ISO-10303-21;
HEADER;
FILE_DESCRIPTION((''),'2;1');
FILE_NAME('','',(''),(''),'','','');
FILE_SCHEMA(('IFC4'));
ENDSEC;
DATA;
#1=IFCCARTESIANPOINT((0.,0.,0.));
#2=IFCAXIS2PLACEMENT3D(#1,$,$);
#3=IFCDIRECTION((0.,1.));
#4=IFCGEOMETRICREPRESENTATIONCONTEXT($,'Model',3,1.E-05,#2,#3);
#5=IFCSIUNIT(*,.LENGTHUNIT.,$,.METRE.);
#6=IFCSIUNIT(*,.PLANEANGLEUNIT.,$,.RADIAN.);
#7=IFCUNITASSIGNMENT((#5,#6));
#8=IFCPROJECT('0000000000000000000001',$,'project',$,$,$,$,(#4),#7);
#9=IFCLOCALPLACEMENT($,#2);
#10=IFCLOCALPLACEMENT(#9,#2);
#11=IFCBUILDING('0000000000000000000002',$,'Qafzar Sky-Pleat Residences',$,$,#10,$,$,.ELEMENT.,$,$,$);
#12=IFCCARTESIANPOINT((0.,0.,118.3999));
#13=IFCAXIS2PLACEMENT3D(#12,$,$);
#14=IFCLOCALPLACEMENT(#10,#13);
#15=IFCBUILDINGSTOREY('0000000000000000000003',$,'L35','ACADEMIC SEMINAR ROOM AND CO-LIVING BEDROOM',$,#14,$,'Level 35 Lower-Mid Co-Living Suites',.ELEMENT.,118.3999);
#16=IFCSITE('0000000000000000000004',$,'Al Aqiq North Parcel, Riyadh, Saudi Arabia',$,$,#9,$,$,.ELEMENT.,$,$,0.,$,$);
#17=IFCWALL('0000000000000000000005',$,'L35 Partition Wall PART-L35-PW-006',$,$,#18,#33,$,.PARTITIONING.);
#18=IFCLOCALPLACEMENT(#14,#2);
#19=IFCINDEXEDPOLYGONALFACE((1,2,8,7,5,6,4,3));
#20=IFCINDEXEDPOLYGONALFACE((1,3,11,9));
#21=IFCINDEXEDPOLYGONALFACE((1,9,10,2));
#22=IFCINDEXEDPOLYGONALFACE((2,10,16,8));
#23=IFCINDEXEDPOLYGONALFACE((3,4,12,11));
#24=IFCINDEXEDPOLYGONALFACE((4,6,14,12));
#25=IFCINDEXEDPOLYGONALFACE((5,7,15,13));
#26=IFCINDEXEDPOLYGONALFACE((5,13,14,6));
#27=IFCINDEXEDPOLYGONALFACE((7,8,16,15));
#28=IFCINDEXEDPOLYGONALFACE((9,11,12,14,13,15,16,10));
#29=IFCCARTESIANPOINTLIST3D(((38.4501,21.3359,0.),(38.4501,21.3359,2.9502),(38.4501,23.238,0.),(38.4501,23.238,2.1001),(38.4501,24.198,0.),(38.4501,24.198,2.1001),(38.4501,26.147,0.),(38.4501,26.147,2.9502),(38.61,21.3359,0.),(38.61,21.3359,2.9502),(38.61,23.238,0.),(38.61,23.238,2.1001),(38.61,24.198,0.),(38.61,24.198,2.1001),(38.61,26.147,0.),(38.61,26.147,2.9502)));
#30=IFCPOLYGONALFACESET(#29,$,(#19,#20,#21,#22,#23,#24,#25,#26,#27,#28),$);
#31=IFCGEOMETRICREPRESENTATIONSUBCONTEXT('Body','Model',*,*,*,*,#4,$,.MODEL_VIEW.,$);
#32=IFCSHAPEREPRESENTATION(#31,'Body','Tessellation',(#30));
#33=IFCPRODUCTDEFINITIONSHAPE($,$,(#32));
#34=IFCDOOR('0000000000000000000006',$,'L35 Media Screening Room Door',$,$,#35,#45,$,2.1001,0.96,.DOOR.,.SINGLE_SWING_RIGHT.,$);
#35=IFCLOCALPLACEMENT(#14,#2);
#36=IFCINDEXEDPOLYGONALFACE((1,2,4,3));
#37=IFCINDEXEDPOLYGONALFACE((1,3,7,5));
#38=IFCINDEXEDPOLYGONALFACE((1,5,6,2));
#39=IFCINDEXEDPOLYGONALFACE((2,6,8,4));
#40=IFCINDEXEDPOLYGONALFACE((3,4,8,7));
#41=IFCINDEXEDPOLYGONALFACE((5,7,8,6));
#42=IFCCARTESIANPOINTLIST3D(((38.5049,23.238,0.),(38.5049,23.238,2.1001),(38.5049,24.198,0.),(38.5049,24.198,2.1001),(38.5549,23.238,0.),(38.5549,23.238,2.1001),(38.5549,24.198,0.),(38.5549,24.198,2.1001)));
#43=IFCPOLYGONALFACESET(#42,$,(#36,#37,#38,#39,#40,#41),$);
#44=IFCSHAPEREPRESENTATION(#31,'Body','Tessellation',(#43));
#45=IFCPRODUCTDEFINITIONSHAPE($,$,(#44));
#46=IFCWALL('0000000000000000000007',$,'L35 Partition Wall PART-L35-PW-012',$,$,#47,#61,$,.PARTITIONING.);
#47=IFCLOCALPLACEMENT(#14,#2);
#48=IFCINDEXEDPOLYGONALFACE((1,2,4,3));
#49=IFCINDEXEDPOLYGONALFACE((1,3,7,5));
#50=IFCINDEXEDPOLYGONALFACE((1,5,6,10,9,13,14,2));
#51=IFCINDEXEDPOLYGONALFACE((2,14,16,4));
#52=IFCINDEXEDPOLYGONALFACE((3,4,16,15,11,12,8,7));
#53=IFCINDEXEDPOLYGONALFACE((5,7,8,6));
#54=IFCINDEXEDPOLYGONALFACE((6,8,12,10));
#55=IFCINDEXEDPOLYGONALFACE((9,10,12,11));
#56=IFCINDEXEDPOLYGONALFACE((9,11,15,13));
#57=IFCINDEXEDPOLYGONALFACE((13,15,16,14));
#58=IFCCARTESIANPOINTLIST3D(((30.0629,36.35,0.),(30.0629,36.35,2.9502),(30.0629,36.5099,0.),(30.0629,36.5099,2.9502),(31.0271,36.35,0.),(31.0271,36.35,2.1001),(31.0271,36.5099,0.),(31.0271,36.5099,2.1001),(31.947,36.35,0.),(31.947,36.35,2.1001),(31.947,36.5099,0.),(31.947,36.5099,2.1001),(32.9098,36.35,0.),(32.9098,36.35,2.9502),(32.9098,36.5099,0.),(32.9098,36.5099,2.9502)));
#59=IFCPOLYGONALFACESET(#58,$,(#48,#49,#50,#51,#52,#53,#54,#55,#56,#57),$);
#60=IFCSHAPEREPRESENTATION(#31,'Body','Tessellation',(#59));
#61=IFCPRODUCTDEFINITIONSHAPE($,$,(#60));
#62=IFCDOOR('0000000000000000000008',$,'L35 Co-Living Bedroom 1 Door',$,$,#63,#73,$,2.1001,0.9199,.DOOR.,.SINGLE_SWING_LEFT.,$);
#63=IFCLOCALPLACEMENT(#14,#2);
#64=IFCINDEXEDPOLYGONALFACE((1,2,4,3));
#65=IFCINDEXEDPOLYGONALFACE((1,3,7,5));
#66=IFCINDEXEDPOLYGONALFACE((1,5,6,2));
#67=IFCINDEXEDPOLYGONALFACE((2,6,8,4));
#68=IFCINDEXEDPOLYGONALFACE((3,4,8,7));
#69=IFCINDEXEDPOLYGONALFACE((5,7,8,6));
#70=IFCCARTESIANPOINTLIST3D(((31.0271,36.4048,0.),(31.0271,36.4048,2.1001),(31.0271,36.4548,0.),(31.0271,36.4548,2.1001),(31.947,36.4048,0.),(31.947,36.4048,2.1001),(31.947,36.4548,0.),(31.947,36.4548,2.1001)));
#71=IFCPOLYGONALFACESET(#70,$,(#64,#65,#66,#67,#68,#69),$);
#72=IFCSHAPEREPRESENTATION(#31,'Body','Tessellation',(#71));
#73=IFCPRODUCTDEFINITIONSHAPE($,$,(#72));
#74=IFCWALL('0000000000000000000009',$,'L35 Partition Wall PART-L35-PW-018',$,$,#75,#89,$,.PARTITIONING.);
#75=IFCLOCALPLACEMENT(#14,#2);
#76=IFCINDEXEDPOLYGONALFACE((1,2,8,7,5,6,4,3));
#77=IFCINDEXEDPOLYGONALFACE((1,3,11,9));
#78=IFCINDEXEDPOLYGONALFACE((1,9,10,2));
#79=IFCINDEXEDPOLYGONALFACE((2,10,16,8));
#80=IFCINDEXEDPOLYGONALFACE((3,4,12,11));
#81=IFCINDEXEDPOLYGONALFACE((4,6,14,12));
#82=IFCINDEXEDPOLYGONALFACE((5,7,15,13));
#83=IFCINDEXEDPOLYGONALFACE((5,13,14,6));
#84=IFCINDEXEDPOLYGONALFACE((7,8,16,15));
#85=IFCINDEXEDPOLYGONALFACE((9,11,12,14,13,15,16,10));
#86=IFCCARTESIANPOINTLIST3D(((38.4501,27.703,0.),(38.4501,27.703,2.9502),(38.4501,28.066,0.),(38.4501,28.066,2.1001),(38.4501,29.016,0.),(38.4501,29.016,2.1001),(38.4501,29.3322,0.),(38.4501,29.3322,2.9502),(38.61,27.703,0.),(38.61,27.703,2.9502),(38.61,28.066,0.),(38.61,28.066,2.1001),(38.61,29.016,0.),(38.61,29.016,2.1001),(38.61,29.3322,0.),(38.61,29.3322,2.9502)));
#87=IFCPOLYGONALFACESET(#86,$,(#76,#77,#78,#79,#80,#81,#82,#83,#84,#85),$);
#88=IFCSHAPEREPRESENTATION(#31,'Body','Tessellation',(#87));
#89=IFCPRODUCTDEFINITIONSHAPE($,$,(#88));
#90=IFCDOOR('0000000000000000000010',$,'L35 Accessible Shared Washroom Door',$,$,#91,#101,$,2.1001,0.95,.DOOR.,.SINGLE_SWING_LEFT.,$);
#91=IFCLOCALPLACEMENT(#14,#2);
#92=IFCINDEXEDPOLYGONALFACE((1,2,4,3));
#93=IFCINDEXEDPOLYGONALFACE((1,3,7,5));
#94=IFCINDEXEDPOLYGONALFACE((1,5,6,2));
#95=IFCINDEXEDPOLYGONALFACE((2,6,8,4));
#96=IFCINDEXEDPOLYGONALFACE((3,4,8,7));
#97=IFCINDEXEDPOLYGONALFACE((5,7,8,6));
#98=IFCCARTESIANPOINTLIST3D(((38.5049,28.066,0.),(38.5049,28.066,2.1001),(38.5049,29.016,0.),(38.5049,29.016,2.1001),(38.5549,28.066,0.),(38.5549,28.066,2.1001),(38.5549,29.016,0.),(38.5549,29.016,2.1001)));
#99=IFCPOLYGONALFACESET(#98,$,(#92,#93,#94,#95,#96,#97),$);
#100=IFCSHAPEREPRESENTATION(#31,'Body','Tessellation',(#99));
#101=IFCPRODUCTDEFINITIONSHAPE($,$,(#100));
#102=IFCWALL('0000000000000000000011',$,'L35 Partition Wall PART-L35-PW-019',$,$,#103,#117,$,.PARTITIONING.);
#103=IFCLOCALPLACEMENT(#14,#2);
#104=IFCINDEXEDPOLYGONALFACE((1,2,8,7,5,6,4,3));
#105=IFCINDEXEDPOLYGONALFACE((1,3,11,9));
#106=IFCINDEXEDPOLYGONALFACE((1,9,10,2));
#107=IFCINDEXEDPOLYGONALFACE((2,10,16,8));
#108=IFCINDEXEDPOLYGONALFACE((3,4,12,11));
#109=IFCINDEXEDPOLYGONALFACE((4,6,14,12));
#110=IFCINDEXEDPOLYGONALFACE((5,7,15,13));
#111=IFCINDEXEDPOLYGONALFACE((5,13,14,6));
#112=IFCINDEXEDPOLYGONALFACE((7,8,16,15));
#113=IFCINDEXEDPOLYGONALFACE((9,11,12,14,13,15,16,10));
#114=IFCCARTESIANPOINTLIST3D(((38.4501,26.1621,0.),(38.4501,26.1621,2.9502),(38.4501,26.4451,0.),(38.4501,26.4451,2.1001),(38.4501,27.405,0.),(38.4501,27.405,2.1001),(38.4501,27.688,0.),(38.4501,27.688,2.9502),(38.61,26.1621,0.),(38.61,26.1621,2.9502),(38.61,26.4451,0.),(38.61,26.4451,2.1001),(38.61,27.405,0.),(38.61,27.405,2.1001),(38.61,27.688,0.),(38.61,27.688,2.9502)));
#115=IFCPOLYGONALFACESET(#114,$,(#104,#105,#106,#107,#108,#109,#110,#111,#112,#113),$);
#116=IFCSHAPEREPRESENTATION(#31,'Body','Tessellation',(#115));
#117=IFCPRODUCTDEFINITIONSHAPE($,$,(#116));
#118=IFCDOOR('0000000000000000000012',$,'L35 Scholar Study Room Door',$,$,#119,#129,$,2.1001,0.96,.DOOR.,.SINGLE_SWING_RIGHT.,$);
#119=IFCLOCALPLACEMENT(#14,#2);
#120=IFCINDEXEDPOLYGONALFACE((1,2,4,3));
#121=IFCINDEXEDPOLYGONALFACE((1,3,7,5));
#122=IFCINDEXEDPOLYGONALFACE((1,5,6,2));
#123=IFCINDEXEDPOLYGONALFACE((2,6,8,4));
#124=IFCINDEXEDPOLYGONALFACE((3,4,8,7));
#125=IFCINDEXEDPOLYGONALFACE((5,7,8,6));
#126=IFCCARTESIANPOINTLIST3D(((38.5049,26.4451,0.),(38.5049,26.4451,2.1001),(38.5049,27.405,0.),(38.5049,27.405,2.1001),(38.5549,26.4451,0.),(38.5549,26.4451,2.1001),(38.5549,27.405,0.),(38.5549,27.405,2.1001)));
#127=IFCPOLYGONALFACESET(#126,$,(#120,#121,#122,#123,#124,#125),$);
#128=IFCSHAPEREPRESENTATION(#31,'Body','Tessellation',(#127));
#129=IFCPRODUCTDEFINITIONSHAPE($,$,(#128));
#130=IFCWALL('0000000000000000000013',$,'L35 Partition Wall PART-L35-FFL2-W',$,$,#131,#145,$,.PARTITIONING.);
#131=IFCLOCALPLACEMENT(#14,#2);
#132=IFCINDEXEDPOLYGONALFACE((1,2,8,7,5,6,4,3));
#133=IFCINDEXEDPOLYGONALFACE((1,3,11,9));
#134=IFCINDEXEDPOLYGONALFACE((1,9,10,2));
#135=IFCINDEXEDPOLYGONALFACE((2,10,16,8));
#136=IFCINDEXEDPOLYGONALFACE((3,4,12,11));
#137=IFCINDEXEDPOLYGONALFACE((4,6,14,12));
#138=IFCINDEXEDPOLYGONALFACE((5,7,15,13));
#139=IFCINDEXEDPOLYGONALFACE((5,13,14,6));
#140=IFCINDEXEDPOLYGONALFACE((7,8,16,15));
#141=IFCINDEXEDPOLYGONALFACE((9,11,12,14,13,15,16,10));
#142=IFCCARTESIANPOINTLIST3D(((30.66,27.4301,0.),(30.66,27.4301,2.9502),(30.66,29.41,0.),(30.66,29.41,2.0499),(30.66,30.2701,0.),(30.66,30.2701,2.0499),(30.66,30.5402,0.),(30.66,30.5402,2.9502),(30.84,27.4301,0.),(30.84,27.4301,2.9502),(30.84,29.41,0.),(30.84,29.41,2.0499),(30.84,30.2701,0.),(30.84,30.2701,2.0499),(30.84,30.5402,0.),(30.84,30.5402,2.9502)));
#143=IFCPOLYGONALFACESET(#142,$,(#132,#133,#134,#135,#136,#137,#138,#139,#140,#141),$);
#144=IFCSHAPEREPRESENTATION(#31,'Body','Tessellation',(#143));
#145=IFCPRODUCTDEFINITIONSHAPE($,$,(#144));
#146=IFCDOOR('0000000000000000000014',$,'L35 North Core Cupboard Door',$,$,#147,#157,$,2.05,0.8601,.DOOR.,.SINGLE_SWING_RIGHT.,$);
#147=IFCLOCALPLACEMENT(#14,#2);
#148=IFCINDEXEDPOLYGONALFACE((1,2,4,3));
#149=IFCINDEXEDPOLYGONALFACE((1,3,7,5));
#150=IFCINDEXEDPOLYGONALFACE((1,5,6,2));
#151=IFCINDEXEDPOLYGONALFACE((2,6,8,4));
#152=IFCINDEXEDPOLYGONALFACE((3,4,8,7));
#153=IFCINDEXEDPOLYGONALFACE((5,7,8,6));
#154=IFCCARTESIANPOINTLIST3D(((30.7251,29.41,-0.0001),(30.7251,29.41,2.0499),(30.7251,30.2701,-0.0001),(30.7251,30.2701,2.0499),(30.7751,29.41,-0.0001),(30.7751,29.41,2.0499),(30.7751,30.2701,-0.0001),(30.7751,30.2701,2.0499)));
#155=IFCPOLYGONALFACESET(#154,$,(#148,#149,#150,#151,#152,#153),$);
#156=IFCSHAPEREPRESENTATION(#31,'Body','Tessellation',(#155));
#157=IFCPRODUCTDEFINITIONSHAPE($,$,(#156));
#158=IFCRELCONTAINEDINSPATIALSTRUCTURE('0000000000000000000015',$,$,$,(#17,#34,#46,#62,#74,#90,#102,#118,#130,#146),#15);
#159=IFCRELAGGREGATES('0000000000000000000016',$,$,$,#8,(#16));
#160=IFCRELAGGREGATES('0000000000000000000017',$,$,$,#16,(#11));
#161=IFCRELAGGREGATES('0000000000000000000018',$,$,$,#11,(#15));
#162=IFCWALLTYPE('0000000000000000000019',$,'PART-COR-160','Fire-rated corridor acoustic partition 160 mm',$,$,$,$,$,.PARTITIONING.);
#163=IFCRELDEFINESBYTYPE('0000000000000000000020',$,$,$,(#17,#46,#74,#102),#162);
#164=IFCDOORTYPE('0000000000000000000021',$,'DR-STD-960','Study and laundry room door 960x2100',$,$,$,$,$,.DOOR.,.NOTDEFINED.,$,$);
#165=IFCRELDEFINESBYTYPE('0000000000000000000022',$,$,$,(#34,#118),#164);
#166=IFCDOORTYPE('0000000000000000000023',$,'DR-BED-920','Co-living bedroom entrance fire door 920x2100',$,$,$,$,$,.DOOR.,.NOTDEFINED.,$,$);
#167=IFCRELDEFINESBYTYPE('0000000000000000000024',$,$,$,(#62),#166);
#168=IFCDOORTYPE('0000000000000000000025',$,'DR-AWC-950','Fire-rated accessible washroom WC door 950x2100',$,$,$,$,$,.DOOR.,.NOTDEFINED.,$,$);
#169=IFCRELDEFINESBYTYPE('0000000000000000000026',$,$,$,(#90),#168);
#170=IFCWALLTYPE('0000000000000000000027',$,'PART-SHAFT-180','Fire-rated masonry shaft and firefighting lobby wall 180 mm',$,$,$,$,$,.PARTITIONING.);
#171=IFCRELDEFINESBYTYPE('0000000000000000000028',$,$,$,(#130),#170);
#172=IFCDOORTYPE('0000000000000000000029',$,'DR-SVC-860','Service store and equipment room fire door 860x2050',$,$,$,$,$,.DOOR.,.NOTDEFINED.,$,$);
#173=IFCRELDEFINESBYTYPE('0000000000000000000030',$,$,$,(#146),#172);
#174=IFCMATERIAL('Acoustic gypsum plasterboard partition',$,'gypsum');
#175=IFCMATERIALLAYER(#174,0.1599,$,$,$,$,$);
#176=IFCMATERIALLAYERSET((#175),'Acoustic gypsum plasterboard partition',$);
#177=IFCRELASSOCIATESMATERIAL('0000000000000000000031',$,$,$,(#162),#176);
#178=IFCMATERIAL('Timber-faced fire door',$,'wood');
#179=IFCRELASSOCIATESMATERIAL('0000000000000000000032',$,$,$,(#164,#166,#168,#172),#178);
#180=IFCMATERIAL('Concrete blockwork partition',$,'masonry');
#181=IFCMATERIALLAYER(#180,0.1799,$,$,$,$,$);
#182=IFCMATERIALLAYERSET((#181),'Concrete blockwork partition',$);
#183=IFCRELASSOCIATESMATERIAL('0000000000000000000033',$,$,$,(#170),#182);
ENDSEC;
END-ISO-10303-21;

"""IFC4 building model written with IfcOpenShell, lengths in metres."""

from ifc_helpers import new_model, si_unit, direction, frame, frame_2d, origin, place, context, subcontext, project, spatial, rectangle, extrude, source, transform, mapped, material, layer, layer_set, type_object, element, fill, save


model = new_model("IFC4")

# Units and contexts
model_context = context("Model", 3, precision=1e-05, world=origin(), true_north=direction((0.0, 1.0)))
body_context = subcontext(model_context, "Body", "Model", "MODEL_VIEW")
ifc_project = project(units=[si_unit("LENGTHUNIT", "METRE"), si_unit("PLANEANGLEUNIT", "RADIAN")], contexts=[model_context])

# Site, building, storey
site_placement = place(None, origin())
site = spatial("IfcSite", under=ifc_project, at=site_placement, Name="Al Aqiq North Parcel, Riyadh, Saudi Arabia", CompositionType="ELEMENT", RefElevation=0.0)
building_placement = place(site_placement, origin())
building = spatial("IfcBuilding", under=site, at=building_placement, Name="Qafzar Sky-Pleat Residences", CompositionType="ELEMENT")
storey_placement = place(building_placement, frame((0.0, 0.0, 118.3999)))
storey = spatial("IfcBuildingStorey", under=building, at=storey_placement, Name="L35", Description="ACADEMIC SEMINAR ROOM AND CO-LIVING BEDROOM", LongName="Level 35 Lower-Mid Co-Living Suites", CompositionType="ELEMENT", Elevation=118.3999)

# Walls, openings, doors
ifc_material_1 = material(Name="Acoustic gypsum plasterboard partition", Category="gypsum")
ifc_layer_1 = layer(ifc_material_1, 0.1599)
ifc_layer_set_1 = layer_set([ifc_layer_1], Name="Acoustic gypsum plasterboard partition")
wall_type_1 = type_object("IfcWallType", Name="PART-COR-160", Description="Fire-rated corridor acoustic partition 160 mm", PredefinedType="PARTITIONING", material=ifc_layer_set_1)
wall_1_placement = place(storey_placement, frame((38.53, 26.147, 0.0), z_axis=(0.0, 0.0, 1.0), x_axis=(0.0, -1.0, 0.0)))
wall_1 = element("IfcWall", 1, at=wall_1_placement, inside=storey, type_object=wall_type_1, Name="L35 Partition Wall PART-L35-PW-006", PredefinedType="PARTITIONING", context=body_context, shape_type="SweptSolid", body=[
    extrude(rectangle(XDim=4.811, YDim=0.1599, at=frame_2d((2.4055, 0.0))), origin(), (0.0, 0.0, 1.0), 2.9502),
])
opening_1_placement = place(wall_1_placement, frame((1.949, 0.0, 0.0)))
opening_1 = element("IfcOpeningElement", 2, at=opening_1_placement, cuts=wall_1, PredefinedType="OPENING", context=body_context, shape_type="SweptSolid", body=[
    extrude(rectangle(XDim=0.96, YDim=2.1001, at=frame_2d((0.48, 1.05))), frame((0.0, 0.0898, 0.0), z_axis=(0.0, -1.0, 0.0), x_axis=(1.0, 0.0, 0.0)), (0.0, 0.0, 1.0), 0.1799),
])
ifc_material_2 = material(Name="Timber-faced fire door", Category="wood")
door_type_1 = type_object("IfcDoorType", Name="DR-STD-960", Description="Study and laundry room door 960x2100", OperationType="NOTDEFINED", PredefinedType="DOOR", material=ifc_material_2)
shared_shape_1 = source(origin(), body_context, "Body", "SweptSolid", [
    extrude(rectangle(XDim=0.96, YDim=2.1001, at=frame_2d((0.48, 1.05))), frame((0.0, 0.0249, 0.0), z_axis=(0.0, -1.0, 0.0), x_axis=(1.0, 0.0, 0.0)), (0.0, 0.0, 1.0), 0.05),
])
door_1_placement = place(opening_1_placement, origin())
door_1 = element("IfcDoor", 3, at=door_1_placement, inside=storey, type_object=door_type_1, Name="L35 Media Screening Room Door", OperationType="SINGLE_SWING_RIGHT", OverallHeight=2.1001, OverallWidth=0.96, PredefinedType="DOOR", context=body_context, shape_type="MappedRepresentation", body=[
    mapped(shared_shape_1, transform((0.0, 0.0, 0.0), x_axis=(1.0, 0.0, 0.0), y_axis=(0.0, 1.0, 0.0), z_axis=(0.0, 0.0, 1.0), scale=1.0)),
])
fill(opening_1, door_1)
wall_2_placement = place(storey_placement, frame((30.063, 36.4299, 0.0), z_axis=(0.0, 0.0, 1.0), x_axis=(1.0, 0.0, 0.0)))
wall_2 = element("IfcWall", 4, at=wall_2_placement, inside=storey, type_object=wall_type_1, Name="L35 Partition Wall PART-L35-PW-012", PredefinedType="PARTITIONING", context=body_context, shape_type="SweptSolid", body=[
    extrude(rectangle(XDim=2.8469, YDim=0.1599, at=frame_2d((1.4233, 0.0))), origin(), (0.0, 0.0, 1.0), 2.9502),
])
opening_2_placement = place(wall_2_placement, frame((0.9641, 0.0, 0.0)))
opening_2 = element("IfcOpeningElement", 5, at=opening_2_placement, cuts=wall_2, PredefinedType="OPENING", context=body_context, shape_type="SweptSolid", body=[
    extrude(rectangle(XDim=0.9199, YDim=2.1001, at=frame_2d((0.46, 1.05))), frame((0.0, 0.0898, 0.0), z_axis=(0.0, -1.0, 0.0), x_axis=(1.0, 0.0, 0.0)), (0.0, 0.0, 1.0), 0.1799),
])
door_type_2 = type_object("IfcDoorType", Name="DR-BED-920", Description="Co-living bedroom entrance fire door 920x2100", OperationType="NOTDEFINED", PredefinedType="DOOR", material=ifc_material_2)
shared_shape_2 = source(origin(), body_context, "Body", "SweptSolid", [
    extrude(rectangle(XDim=0.9199, YDim=2.1001, at=frame_2d((0.46, 1.05))), frame((0.0, 0.0249, 0.0), z_axis=(0.0, -1.0, 0.0), x_axis=(1.0, 0.0, 0.0)), (0.0, 0.0, 1.0), 0.05),
])
door_2_placement = place(opening_2_placement, origin())
door_2 = element("IfcDoor", 6, at=door_2_placement, inside=storey, type_object=door_type_2, Name="L35 Co-Living Bedroom 1 Door", OperationType="SINGLE_SWING_LEFT", OverallHeight=2.1001, OverallWidth=0.9199, PredefinedType="DOOR", context=body_context, shape_type="MappedRepresentation", body=[
    mapped(shared_shape_2, transform((0.0, 0.0, 0.0), x_axis=(1.0, 0.0, 0.0), y_axis=(0.0, 1.0, 0.0), z_axis=(0.0, 0.0, 1.0), scale=1.0)),
])
fill(opening_2, door_2)
wall_3_placement = place(storey_placement, frame((38.53, 29.332, 0.0), z_axis=(0.0, 0.0, 1.0), x_axis=(0.0, -1.0, 0.0)))
wall_3 = element("IfcWall", 7, at=wall_3_placement, inside=storey, type_object=wall_type_1, Name="L35 Partition Wall PART-L35-PW-018", PredefinedType="PARTITIONING", context=body_context, shape_type="SweptSolid", body=[
    extrude(rectangle(XDim=1.6292, YDim=0.1599, at=frame_2d((0.8145, 0.0))), origin(), (0.0, 0.0, 1.0), 2.9502),
])
opening_3_placement = place(wall_3_placement, frame((0.3159, 0.0, 0.0)))
opening_3 = element("IfcOpeningElement", 8, at=opening_3_placement, cuts=wall_3, PredefinedType="OPENING", context=body_context, shape_type="SweptSolid", body=[
    extrude(rectangle(XDim=0.95, YDim=2.1001, at=frame_2d((0.4751, 1.05))), frame((0.0, 0.0898, 0.0), z_axis=(0.0, -1.0, 0.0), x_axis=(1.0, 0.0, 0.0)), (0.0, 0.0, 1.0), 0.1799),
])
door_type_3 = type_object("IfcDoorType", Name="DR-AWC-950", Description="Fire-rated accessible washroom WC door 950x2100", OperationType="NOTDEFINED", PredefinedType="DOOR", material=ifc_material_2)
shared_shape_3 = source(origin(), body_context, "Body", "SweptSolid", [
    extrude(rectangle(XDim=0.95, YDim=2.1001, at=frame_2d((0.4751, 1.05))), frame((0.0, 0.0249, 0.0), z_axis=(0.0, -1.0, 0.0), x_axis=(1.0, 0.0, 0.0)), (0.0, 0.0, 1.0), 0.05),
])
door_3_placement = place(opening_3_placement, origin())
door_3 = element("IfcDoor", 9, at=door_3_placement, inside=storey, type_object=door_type_3, Name="L35 Accessible Shared Washroom Door", OperationType="SINGLE_SWING_LEFT", OverallHeight=2.1001, OverallWidth=0.95, PredefinedType="DOOR", context=body_context, shape_type="MappedRepresentation", body=[
    mapped(shared_shape_3, transform((0.0, 0.0, 0.0), x_axis=(1.0, 0.0, 0.0), y_axis=(0.0, 1.0, 0.0), z_axis=(0.0, 0.0, 1.0), scale=1.0)),
])
fill(opening_3, door_3)
wall_4_placement = place(storey_placement, frame((38.53, 27.688, 0.0), z_axis=(0.0, 0.0, 1.0), x_axis=(0.0, -1.0, 0.0)))
wall_4 = element("IfcWall", 10, at=wall_4_placement, inside=storey, type_object=wall_type_1, Name="L35 Partition Wall PART-L35-PW-019", PredefinedType="PARTITIONING", context=body_context, shape_type="SweptSolid", body=[
    extrude(rectangle(XDim=1.5259, YDim=0.1599, at=frame_2d((0.7629, 0.0))), origin(), (0.0, 0.0, 1.0), 2.9502),
])
opening_4_placement = place(wall_4_placement, frame((0.283, 0.0, 0.0)))
opening_4 = element("IfcOpeningElement", 11, at=opening_4_placement, cuts=wall_4, PredefinedType="OPENING", context=body_context, shape_type="SweptSolid", body=[
    extrude(rectangle(XDim=0.96, YDim=2.1001, at=frame_2d((0.48, 1.05))), frame((0.0, 0.0898, 0.0), z_axis=(0.0, -1.0, 0.0), x_axis=(1.0, 0.0, 0.0)), (0.0, 0.0, 1.0), 0.1799),
])
door_4_placement = place(opening_4_placement, origin())
door_4 = element("IfcDoor", 12, at=door_4_placement, inside=storey, type_object=door_type_1, Name="L35 Scholar Study Room Door", OperationType="SINGLE_SWING_RIGHT", OverallHeight=2.1001, OverallWidth=0.96, PredefinedType="DOOR", context=body_context, shape_type="MappedRepresentation", body=[
    mapped(shared_shape_1, transform((0.0, 0.0, 0.0), x_axis=(1.0, 0.0, 0.0), y_axis=(0.0, 1.0, 0.0), z_axis=(0.0, 0.0, 1.0), scale=1.0)),
])
fill(opening_4, door_4)
ifc_material_3 = material(Name="Concrete blockwork partition", Category="masonry")
ifc_layer_2 = layer(ifc_material_3, 0.1799)
ifc_layer_set_2 = layer_set([ifc_layer_2], Name="Concrete blockwork partition")
wall_type_2 = type_object("IfcWallType", Name="PART-SHAFT-180", Description="Fire-rated masonry shaft and firefighting lobby wall 180 mm", PredefinedType="PARTITIONING", material=ifc_layer_set_2)
wall_5_placement = place(storey_placement, frame((30.75, 27.4299, 0.0), z_axis=(0.0, 0.0, 1.0), x_axis=(0.0, 1.0, 0.0)))
wall_5 = element("IfcWall", 13, at=wall_5_placement, inside=storey, type_object=wall_type_2, Name="L35 Partition Wall PART-L35-FFL2-W", PredefinedType="PARTITIONING", context=body_context, shape_type="SweptSolid", body=[
    extrude(rectangle(XDim=3.1101, YDim=0.1799, at=frame_2d((1.5552, 0.0))), origin(), (0.0, 0.0, 1.0), 2.9502),
])
opening_5_placement = place(wall_5_placement, frame((1.98, 0.0, 0.0)))
opening_5 = element("IfcOpeningElement", 14, at=opening_5_placement, cuts=wall_5, PredefinedType="OPENING", context=body_context, shape_type="SweptSolid", body=[
    extrude(rectangle(XDim=0.8601, YDim=2.05, at=frame_2d((0.4302, 1.0249))), frame((0.0, 0.1001, 0.0), z_axis=(0.0, -1.0, 0.0), x_axis=(1.0, 0.0, 0.0)), (0.0, 0.0, 1.0), 0.2),
])
door_type_4 = type_object("IfcDoorType", Name="DR-SVC-860", Description="Service store and equipment room fire door 860x2050", OperationType="NOTDEFINED", PredefinedType="DOOR", material=ifc_material_2)
shared_shape_4 = source(origin(), body_context, "Body", "SweptSolid", [
    extrude(rectangle(XDim=0.8601, YDim=2.05, at=frame_2d((0.4302, 1.0249))), frame((0.0, 0.0249, 0.0), z_axis=(0.0, -1.0, 0.0), x_axis=(1.0, 0.0, 0.0)), (0.0, 0.0, 1.0), 0.05),
])
door_5_placement = place(opening_5_placement, origin())
door_5 = element("IfcDoor", 15, at=door_5_placement, inside=storey, type_object=door_type_4, Name="L35 North Core Cupboard Door", OperationType="SINGLE_SWING_RIGHT", OverallHeight=2.05, OverallWidth=0.8601, PredefinedType="DOOR", context=body_context, shape_type="MappedRepresentation", body=[
    mapped(shared_shape_4, transform((0.0, 0.0, 0.0), x_axis=(1.0, 0.0, 0.0), y_axis=(0.0, 1.0, 0.0), z_axis=(0.0, 0.0, 1.0), scale=1.0)),
])
fill(opening_5, door_5)

save(model, "model.ifc")
